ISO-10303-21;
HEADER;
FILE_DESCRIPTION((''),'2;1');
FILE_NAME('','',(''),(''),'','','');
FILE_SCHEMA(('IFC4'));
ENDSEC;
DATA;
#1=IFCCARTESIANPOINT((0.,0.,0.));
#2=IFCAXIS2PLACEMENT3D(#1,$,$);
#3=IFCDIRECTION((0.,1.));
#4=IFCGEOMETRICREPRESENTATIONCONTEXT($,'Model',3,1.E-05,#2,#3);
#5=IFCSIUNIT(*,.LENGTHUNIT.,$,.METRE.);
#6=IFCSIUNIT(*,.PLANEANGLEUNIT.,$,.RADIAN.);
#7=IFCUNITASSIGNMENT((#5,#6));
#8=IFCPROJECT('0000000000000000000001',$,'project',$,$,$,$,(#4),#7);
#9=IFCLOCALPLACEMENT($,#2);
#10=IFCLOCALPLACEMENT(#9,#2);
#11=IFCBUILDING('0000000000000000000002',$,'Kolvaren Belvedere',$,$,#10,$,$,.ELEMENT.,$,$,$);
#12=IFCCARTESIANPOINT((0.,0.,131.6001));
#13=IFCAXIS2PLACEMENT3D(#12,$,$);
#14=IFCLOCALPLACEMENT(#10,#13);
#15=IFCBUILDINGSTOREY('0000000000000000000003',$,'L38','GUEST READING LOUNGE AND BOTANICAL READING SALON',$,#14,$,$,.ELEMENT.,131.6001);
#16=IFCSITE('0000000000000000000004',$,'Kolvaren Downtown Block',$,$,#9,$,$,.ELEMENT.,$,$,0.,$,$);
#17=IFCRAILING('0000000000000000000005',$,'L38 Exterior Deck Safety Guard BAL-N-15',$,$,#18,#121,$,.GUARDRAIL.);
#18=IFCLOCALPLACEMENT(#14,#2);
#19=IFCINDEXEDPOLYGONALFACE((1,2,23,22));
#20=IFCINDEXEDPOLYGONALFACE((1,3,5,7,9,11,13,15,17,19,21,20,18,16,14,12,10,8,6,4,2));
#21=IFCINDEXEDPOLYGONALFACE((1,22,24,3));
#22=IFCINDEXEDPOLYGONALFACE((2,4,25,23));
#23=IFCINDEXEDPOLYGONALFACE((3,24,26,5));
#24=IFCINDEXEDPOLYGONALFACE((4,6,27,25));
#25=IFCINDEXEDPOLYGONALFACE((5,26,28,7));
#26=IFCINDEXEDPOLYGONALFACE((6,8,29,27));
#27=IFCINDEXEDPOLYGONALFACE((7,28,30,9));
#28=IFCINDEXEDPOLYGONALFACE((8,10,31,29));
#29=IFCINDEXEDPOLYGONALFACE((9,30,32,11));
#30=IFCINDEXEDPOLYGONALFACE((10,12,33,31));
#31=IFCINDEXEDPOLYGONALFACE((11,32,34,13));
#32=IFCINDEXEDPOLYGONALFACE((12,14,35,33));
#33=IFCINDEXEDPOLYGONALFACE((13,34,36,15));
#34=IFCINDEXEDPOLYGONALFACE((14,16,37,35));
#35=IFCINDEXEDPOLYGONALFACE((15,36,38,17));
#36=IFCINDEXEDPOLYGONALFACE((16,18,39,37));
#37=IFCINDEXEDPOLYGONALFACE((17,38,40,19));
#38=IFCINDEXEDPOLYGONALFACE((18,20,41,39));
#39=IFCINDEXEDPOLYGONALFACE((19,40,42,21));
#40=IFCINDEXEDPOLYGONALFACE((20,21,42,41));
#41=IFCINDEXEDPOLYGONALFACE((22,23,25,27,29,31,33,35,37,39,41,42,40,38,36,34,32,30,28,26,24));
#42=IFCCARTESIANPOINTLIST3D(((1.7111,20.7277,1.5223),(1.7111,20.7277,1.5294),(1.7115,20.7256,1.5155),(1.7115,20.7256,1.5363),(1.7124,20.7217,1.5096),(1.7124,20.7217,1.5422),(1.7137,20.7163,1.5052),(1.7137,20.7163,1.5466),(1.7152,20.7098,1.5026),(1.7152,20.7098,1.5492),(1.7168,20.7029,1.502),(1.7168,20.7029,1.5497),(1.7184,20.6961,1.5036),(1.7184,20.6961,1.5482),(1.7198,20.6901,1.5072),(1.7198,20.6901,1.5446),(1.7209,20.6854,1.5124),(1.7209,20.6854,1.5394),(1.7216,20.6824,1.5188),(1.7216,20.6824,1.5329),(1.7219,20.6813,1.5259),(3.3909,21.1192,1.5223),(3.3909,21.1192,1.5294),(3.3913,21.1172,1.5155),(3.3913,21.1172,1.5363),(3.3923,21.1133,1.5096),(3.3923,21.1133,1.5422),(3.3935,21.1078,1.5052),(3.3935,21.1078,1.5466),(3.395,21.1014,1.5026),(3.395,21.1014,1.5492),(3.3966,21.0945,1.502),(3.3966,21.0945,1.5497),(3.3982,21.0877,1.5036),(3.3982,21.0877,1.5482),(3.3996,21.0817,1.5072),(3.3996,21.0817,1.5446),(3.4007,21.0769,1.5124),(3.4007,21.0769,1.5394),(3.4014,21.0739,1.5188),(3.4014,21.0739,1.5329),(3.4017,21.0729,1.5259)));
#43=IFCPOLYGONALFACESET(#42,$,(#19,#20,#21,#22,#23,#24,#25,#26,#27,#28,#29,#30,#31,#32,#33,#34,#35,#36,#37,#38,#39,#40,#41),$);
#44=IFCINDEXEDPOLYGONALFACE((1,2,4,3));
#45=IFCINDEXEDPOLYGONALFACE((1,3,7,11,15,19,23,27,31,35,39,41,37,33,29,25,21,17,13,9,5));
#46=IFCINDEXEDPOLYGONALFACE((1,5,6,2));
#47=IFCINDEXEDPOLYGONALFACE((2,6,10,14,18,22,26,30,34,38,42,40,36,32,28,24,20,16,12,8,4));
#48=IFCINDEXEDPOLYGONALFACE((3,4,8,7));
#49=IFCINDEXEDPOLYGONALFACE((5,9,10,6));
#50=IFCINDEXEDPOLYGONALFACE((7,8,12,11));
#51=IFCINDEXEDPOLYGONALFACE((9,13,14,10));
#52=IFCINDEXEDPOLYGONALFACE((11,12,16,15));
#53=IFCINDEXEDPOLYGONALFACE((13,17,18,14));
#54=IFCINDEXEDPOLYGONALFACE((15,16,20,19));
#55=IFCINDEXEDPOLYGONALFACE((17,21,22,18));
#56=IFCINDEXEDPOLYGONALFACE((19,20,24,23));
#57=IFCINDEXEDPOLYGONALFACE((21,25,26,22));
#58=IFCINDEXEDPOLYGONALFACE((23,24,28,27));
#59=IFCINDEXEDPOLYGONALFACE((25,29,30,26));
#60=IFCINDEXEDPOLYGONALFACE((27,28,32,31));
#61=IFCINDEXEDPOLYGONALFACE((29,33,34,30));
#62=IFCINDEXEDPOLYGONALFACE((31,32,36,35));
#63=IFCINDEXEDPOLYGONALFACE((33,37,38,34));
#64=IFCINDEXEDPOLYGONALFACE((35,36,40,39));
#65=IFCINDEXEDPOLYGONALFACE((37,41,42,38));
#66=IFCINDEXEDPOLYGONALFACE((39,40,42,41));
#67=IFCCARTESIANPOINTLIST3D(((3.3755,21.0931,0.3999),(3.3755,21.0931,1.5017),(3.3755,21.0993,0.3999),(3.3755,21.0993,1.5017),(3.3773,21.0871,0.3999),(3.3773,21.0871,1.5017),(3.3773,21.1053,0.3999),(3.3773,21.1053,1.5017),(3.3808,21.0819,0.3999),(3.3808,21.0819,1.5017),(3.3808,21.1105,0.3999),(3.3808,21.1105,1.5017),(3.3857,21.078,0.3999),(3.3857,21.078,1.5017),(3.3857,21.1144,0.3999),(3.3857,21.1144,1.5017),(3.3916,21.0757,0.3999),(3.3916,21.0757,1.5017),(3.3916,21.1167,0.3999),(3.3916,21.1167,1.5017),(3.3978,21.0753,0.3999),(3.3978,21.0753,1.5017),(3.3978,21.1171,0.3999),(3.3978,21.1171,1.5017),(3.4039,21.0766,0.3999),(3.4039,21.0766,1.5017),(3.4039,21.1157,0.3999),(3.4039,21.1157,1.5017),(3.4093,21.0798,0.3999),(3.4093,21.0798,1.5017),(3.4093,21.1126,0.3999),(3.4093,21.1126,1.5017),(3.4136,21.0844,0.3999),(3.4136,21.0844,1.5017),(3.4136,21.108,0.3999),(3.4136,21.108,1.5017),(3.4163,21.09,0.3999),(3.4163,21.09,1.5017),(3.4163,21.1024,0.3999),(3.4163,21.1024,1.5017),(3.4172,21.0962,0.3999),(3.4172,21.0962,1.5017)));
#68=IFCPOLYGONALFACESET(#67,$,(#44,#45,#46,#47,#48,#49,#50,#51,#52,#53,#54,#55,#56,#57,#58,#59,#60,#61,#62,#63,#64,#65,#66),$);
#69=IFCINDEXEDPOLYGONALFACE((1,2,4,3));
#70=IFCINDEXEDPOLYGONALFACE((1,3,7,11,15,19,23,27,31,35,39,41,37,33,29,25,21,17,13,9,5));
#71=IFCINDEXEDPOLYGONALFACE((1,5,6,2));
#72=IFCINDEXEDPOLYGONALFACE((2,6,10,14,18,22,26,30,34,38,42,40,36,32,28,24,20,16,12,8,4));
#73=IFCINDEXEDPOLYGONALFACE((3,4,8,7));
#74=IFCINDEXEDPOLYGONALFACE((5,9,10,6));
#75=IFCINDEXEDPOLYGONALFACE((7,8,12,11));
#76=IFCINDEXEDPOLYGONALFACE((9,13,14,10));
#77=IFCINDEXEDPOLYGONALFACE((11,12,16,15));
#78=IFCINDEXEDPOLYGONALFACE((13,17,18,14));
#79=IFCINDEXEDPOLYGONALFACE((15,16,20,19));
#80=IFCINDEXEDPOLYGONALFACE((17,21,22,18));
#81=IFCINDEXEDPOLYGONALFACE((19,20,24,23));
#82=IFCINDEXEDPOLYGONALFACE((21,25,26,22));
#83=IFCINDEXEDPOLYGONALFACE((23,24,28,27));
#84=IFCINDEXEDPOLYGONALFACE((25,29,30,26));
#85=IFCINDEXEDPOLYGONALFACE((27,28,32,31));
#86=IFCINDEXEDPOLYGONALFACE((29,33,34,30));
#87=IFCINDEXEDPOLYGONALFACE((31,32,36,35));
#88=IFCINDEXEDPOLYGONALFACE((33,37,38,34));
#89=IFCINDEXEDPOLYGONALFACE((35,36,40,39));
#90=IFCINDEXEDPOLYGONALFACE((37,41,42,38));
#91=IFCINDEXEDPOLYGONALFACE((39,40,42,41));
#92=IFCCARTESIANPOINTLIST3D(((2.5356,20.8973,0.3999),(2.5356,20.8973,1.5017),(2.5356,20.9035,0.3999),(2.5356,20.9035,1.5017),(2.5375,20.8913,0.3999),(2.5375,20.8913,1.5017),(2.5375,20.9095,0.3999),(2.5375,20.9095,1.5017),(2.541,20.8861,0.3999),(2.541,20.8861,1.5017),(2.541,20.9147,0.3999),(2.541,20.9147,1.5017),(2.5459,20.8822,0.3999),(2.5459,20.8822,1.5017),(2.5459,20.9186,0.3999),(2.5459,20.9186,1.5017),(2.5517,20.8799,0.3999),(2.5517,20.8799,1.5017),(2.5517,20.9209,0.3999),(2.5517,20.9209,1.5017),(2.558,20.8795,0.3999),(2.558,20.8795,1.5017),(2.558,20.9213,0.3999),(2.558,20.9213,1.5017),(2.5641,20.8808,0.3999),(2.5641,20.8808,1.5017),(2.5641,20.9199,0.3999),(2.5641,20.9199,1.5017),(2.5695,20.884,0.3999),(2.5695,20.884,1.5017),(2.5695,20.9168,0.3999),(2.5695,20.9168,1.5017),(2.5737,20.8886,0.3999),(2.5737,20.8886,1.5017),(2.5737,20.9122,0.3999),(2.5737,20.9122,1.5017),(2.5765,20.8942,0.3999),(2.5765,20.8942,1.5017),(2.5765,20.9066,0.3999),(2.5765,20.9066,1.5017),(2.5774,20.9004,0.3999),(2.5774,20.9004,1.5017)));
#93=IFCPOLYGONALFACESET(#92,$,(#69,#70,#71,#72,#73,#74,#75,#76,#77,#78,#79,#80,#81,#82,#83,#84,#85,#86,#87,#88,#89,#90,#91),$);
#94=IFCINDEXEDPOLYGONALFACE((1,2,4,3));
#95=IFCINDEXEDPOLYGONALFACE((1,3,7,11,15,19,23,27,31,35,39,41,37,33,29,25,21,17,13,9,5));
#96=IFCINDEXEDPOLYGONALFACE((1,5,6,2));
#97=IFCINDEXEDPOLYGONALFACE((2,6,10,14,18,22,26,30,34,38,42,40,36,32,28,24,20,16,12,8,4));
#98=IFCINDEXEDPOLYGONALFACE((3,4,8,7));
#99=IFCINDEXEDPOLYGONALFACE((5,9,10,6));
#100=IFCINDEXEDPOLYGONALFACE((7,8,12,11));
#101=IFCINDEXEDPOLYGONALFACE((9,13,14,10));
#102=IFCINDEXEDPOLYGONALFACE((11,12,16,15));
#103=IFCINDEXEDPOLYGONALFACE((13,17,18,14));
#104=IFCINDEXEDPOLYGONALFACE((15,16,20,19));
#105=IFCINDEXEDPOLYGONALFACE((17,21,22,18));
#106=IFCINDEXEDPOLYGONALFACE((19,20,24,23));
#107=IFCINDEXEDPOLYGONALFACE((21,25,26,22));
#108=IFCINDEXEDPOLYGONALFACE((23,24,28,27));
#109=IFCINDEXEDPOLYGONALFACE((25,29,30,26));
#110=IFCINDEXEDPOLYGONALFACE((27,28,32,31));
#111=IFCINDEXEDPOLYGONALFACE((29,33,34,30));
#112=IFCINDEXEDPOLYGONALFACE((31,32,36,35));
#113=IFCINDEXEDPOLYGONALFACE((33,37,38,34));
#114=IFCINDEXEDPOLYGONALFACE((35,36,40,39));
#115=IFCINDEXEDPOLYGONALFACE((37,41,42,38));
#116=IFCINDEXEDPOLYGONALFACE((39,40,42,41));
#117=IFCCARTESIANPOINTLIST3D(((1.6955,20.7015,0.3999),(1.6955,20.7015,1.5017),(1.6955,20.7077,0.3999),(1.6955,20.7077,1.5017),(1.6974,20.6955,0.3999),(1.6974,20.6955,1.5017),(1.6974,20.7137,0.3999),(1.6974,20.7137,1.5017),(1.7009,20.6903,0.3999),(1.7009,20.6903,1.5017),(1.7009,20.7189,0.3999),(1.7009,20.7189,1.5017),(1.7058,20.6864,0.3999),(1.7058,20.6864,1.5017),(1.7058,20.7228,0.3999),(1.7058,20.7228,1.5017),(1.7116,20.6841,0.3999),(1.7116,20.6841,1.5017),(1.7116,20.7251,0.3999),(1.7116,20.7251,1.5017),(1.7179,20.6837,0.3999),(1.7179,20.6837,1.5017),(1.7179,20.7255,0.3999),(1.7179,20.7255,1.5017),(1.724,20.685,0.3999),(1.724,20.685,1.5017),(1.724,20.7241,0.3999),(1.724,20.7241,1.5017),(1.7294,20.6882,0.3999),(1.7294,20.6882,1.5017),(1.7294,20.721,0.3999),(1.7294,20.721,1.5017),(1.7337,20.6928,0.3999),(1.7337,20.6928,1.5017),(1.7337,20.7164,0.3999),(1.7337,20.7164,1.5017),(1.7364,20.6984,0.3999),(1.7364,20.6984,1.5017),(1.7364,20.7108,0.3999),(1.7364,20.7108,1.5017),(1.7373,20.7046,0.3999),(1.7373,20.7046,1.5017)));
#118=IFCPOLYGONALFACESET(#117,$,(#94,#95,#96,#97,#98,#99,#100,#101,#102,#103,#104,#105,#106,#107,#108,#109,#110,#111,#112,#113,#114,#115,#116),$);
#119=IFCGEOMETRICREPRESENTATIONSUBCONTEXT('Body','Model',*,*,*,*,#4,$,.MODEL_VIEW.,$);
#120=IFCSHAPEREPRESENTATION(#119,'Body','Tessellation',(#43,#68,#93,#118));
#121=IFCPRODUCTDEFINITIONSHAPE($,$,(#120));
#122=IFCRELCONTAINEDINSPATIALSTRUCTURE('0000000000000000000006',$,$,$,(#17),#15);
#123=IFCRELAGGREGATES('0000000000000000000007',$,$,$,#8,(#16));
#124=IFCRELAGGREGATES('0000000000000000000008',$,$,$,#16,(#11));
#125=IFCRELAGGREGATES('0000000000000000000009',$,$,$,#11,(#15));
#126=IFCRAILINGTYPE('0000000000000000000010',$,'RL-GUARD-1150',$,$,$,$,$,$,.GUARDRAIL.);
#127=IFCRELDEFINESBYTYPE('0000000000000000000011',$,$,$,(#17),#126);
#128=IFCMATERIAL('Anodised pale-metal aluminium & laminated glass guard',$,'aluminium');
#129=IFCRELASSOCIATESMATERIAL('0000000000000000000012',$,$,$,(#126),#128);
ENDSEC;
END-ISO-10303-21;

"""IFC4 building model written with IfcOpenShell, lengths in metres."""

from ifc_helpers import new_model, si_unit, direction, frame, origin, origin_2d, place, context, subcontext, project, spatial, circle, extrude, material, type_object, element, save


model = new_model("IFC4")

# Units and contexts
model_context = context("Model", 3, precision=1e-05, world=origin(), true_north=direction((0.0, 1.0)))
body_context = subcontext(model_context, "Body", "Model", "MODEL_VIEW")
ifc_project = project(units=[si_unit("LENGTHUNIT", "METRE"), si_unit("PLANEANGLEUNIT", "RADIAN")], contexts=[model_context])

# Site, building, storey
site_placement = place(None, origin())
site = spatial("IfcSite", under=ifc_project, at=site_placement, Name="Kolvaren Downtown Block", CompositionType="ELEMENT", RefElevation=0.0)
building_placement = place(site_placement, origin())
building = spatial("IfcBuilding", under=site, at=building_placement, Name="Kolvaren Belvedere", CompositionType="ELEMENT")
storey_placement = place(building_placement, frame((0.0, 0.0, 131.6001)))
storey = spatial("IfcBuildingStorey", under=building, at=storey_placement, Name="L38", Description="GUEST READING LOUNGE AND BOTANICAL READING SALON", CompositionType="ELEMENT", Elevation=131.6001)

# Railing
ifc_material_1 = material(Name="Anodised pale-metal aluminium & laminated glass guard", Category="aluminium")
railing_type = type_object("IfcRailingType", Name="RL-GUARD-1150", PredefinedType="GUARDRAIL", material=ifc_material_1)
railing_1_placement = place(storey_placement, frame((3.3962, 21.0962, 0.3999)))
element("IfcRailing", 1, at=railing_1_placement, inside=storey, type_object=railing_type, Name="L38 Exterior Deck Safety Guard BAL-N-15", PredefinedType="GUARDRAIL", context=body_context, shape_type="SweptSolid", body=[
    extrude(circle(Radius=0.0239, at=origin_2d()), frame((0.0, 0.0, 1.126), z_axis=(-0.97389, -0.227019, 0.0), x_axis=(0.227019, -0.97389, 0.0)), (0.0, 0.0, 1.0), 1.7249),
    extrude(circle(Radius=0.021, at=origin_2d()), origin(), (0.0, 0.0, 1.0), 1.1018),
    extrude(circle(Radius=0.021, at=origin_2d()), frame((-0.8398, -0.1958, 0.0)), (0.0, 0.0, 1.0), 1.1018),
    extrude(circle(Radius=0.021, at=origin_2d()), frame((-1.6799, -0.3916, 0.0)), (0.0, 0.0, 1.0), 1.1018),
])

save(model, "model.ifc")
